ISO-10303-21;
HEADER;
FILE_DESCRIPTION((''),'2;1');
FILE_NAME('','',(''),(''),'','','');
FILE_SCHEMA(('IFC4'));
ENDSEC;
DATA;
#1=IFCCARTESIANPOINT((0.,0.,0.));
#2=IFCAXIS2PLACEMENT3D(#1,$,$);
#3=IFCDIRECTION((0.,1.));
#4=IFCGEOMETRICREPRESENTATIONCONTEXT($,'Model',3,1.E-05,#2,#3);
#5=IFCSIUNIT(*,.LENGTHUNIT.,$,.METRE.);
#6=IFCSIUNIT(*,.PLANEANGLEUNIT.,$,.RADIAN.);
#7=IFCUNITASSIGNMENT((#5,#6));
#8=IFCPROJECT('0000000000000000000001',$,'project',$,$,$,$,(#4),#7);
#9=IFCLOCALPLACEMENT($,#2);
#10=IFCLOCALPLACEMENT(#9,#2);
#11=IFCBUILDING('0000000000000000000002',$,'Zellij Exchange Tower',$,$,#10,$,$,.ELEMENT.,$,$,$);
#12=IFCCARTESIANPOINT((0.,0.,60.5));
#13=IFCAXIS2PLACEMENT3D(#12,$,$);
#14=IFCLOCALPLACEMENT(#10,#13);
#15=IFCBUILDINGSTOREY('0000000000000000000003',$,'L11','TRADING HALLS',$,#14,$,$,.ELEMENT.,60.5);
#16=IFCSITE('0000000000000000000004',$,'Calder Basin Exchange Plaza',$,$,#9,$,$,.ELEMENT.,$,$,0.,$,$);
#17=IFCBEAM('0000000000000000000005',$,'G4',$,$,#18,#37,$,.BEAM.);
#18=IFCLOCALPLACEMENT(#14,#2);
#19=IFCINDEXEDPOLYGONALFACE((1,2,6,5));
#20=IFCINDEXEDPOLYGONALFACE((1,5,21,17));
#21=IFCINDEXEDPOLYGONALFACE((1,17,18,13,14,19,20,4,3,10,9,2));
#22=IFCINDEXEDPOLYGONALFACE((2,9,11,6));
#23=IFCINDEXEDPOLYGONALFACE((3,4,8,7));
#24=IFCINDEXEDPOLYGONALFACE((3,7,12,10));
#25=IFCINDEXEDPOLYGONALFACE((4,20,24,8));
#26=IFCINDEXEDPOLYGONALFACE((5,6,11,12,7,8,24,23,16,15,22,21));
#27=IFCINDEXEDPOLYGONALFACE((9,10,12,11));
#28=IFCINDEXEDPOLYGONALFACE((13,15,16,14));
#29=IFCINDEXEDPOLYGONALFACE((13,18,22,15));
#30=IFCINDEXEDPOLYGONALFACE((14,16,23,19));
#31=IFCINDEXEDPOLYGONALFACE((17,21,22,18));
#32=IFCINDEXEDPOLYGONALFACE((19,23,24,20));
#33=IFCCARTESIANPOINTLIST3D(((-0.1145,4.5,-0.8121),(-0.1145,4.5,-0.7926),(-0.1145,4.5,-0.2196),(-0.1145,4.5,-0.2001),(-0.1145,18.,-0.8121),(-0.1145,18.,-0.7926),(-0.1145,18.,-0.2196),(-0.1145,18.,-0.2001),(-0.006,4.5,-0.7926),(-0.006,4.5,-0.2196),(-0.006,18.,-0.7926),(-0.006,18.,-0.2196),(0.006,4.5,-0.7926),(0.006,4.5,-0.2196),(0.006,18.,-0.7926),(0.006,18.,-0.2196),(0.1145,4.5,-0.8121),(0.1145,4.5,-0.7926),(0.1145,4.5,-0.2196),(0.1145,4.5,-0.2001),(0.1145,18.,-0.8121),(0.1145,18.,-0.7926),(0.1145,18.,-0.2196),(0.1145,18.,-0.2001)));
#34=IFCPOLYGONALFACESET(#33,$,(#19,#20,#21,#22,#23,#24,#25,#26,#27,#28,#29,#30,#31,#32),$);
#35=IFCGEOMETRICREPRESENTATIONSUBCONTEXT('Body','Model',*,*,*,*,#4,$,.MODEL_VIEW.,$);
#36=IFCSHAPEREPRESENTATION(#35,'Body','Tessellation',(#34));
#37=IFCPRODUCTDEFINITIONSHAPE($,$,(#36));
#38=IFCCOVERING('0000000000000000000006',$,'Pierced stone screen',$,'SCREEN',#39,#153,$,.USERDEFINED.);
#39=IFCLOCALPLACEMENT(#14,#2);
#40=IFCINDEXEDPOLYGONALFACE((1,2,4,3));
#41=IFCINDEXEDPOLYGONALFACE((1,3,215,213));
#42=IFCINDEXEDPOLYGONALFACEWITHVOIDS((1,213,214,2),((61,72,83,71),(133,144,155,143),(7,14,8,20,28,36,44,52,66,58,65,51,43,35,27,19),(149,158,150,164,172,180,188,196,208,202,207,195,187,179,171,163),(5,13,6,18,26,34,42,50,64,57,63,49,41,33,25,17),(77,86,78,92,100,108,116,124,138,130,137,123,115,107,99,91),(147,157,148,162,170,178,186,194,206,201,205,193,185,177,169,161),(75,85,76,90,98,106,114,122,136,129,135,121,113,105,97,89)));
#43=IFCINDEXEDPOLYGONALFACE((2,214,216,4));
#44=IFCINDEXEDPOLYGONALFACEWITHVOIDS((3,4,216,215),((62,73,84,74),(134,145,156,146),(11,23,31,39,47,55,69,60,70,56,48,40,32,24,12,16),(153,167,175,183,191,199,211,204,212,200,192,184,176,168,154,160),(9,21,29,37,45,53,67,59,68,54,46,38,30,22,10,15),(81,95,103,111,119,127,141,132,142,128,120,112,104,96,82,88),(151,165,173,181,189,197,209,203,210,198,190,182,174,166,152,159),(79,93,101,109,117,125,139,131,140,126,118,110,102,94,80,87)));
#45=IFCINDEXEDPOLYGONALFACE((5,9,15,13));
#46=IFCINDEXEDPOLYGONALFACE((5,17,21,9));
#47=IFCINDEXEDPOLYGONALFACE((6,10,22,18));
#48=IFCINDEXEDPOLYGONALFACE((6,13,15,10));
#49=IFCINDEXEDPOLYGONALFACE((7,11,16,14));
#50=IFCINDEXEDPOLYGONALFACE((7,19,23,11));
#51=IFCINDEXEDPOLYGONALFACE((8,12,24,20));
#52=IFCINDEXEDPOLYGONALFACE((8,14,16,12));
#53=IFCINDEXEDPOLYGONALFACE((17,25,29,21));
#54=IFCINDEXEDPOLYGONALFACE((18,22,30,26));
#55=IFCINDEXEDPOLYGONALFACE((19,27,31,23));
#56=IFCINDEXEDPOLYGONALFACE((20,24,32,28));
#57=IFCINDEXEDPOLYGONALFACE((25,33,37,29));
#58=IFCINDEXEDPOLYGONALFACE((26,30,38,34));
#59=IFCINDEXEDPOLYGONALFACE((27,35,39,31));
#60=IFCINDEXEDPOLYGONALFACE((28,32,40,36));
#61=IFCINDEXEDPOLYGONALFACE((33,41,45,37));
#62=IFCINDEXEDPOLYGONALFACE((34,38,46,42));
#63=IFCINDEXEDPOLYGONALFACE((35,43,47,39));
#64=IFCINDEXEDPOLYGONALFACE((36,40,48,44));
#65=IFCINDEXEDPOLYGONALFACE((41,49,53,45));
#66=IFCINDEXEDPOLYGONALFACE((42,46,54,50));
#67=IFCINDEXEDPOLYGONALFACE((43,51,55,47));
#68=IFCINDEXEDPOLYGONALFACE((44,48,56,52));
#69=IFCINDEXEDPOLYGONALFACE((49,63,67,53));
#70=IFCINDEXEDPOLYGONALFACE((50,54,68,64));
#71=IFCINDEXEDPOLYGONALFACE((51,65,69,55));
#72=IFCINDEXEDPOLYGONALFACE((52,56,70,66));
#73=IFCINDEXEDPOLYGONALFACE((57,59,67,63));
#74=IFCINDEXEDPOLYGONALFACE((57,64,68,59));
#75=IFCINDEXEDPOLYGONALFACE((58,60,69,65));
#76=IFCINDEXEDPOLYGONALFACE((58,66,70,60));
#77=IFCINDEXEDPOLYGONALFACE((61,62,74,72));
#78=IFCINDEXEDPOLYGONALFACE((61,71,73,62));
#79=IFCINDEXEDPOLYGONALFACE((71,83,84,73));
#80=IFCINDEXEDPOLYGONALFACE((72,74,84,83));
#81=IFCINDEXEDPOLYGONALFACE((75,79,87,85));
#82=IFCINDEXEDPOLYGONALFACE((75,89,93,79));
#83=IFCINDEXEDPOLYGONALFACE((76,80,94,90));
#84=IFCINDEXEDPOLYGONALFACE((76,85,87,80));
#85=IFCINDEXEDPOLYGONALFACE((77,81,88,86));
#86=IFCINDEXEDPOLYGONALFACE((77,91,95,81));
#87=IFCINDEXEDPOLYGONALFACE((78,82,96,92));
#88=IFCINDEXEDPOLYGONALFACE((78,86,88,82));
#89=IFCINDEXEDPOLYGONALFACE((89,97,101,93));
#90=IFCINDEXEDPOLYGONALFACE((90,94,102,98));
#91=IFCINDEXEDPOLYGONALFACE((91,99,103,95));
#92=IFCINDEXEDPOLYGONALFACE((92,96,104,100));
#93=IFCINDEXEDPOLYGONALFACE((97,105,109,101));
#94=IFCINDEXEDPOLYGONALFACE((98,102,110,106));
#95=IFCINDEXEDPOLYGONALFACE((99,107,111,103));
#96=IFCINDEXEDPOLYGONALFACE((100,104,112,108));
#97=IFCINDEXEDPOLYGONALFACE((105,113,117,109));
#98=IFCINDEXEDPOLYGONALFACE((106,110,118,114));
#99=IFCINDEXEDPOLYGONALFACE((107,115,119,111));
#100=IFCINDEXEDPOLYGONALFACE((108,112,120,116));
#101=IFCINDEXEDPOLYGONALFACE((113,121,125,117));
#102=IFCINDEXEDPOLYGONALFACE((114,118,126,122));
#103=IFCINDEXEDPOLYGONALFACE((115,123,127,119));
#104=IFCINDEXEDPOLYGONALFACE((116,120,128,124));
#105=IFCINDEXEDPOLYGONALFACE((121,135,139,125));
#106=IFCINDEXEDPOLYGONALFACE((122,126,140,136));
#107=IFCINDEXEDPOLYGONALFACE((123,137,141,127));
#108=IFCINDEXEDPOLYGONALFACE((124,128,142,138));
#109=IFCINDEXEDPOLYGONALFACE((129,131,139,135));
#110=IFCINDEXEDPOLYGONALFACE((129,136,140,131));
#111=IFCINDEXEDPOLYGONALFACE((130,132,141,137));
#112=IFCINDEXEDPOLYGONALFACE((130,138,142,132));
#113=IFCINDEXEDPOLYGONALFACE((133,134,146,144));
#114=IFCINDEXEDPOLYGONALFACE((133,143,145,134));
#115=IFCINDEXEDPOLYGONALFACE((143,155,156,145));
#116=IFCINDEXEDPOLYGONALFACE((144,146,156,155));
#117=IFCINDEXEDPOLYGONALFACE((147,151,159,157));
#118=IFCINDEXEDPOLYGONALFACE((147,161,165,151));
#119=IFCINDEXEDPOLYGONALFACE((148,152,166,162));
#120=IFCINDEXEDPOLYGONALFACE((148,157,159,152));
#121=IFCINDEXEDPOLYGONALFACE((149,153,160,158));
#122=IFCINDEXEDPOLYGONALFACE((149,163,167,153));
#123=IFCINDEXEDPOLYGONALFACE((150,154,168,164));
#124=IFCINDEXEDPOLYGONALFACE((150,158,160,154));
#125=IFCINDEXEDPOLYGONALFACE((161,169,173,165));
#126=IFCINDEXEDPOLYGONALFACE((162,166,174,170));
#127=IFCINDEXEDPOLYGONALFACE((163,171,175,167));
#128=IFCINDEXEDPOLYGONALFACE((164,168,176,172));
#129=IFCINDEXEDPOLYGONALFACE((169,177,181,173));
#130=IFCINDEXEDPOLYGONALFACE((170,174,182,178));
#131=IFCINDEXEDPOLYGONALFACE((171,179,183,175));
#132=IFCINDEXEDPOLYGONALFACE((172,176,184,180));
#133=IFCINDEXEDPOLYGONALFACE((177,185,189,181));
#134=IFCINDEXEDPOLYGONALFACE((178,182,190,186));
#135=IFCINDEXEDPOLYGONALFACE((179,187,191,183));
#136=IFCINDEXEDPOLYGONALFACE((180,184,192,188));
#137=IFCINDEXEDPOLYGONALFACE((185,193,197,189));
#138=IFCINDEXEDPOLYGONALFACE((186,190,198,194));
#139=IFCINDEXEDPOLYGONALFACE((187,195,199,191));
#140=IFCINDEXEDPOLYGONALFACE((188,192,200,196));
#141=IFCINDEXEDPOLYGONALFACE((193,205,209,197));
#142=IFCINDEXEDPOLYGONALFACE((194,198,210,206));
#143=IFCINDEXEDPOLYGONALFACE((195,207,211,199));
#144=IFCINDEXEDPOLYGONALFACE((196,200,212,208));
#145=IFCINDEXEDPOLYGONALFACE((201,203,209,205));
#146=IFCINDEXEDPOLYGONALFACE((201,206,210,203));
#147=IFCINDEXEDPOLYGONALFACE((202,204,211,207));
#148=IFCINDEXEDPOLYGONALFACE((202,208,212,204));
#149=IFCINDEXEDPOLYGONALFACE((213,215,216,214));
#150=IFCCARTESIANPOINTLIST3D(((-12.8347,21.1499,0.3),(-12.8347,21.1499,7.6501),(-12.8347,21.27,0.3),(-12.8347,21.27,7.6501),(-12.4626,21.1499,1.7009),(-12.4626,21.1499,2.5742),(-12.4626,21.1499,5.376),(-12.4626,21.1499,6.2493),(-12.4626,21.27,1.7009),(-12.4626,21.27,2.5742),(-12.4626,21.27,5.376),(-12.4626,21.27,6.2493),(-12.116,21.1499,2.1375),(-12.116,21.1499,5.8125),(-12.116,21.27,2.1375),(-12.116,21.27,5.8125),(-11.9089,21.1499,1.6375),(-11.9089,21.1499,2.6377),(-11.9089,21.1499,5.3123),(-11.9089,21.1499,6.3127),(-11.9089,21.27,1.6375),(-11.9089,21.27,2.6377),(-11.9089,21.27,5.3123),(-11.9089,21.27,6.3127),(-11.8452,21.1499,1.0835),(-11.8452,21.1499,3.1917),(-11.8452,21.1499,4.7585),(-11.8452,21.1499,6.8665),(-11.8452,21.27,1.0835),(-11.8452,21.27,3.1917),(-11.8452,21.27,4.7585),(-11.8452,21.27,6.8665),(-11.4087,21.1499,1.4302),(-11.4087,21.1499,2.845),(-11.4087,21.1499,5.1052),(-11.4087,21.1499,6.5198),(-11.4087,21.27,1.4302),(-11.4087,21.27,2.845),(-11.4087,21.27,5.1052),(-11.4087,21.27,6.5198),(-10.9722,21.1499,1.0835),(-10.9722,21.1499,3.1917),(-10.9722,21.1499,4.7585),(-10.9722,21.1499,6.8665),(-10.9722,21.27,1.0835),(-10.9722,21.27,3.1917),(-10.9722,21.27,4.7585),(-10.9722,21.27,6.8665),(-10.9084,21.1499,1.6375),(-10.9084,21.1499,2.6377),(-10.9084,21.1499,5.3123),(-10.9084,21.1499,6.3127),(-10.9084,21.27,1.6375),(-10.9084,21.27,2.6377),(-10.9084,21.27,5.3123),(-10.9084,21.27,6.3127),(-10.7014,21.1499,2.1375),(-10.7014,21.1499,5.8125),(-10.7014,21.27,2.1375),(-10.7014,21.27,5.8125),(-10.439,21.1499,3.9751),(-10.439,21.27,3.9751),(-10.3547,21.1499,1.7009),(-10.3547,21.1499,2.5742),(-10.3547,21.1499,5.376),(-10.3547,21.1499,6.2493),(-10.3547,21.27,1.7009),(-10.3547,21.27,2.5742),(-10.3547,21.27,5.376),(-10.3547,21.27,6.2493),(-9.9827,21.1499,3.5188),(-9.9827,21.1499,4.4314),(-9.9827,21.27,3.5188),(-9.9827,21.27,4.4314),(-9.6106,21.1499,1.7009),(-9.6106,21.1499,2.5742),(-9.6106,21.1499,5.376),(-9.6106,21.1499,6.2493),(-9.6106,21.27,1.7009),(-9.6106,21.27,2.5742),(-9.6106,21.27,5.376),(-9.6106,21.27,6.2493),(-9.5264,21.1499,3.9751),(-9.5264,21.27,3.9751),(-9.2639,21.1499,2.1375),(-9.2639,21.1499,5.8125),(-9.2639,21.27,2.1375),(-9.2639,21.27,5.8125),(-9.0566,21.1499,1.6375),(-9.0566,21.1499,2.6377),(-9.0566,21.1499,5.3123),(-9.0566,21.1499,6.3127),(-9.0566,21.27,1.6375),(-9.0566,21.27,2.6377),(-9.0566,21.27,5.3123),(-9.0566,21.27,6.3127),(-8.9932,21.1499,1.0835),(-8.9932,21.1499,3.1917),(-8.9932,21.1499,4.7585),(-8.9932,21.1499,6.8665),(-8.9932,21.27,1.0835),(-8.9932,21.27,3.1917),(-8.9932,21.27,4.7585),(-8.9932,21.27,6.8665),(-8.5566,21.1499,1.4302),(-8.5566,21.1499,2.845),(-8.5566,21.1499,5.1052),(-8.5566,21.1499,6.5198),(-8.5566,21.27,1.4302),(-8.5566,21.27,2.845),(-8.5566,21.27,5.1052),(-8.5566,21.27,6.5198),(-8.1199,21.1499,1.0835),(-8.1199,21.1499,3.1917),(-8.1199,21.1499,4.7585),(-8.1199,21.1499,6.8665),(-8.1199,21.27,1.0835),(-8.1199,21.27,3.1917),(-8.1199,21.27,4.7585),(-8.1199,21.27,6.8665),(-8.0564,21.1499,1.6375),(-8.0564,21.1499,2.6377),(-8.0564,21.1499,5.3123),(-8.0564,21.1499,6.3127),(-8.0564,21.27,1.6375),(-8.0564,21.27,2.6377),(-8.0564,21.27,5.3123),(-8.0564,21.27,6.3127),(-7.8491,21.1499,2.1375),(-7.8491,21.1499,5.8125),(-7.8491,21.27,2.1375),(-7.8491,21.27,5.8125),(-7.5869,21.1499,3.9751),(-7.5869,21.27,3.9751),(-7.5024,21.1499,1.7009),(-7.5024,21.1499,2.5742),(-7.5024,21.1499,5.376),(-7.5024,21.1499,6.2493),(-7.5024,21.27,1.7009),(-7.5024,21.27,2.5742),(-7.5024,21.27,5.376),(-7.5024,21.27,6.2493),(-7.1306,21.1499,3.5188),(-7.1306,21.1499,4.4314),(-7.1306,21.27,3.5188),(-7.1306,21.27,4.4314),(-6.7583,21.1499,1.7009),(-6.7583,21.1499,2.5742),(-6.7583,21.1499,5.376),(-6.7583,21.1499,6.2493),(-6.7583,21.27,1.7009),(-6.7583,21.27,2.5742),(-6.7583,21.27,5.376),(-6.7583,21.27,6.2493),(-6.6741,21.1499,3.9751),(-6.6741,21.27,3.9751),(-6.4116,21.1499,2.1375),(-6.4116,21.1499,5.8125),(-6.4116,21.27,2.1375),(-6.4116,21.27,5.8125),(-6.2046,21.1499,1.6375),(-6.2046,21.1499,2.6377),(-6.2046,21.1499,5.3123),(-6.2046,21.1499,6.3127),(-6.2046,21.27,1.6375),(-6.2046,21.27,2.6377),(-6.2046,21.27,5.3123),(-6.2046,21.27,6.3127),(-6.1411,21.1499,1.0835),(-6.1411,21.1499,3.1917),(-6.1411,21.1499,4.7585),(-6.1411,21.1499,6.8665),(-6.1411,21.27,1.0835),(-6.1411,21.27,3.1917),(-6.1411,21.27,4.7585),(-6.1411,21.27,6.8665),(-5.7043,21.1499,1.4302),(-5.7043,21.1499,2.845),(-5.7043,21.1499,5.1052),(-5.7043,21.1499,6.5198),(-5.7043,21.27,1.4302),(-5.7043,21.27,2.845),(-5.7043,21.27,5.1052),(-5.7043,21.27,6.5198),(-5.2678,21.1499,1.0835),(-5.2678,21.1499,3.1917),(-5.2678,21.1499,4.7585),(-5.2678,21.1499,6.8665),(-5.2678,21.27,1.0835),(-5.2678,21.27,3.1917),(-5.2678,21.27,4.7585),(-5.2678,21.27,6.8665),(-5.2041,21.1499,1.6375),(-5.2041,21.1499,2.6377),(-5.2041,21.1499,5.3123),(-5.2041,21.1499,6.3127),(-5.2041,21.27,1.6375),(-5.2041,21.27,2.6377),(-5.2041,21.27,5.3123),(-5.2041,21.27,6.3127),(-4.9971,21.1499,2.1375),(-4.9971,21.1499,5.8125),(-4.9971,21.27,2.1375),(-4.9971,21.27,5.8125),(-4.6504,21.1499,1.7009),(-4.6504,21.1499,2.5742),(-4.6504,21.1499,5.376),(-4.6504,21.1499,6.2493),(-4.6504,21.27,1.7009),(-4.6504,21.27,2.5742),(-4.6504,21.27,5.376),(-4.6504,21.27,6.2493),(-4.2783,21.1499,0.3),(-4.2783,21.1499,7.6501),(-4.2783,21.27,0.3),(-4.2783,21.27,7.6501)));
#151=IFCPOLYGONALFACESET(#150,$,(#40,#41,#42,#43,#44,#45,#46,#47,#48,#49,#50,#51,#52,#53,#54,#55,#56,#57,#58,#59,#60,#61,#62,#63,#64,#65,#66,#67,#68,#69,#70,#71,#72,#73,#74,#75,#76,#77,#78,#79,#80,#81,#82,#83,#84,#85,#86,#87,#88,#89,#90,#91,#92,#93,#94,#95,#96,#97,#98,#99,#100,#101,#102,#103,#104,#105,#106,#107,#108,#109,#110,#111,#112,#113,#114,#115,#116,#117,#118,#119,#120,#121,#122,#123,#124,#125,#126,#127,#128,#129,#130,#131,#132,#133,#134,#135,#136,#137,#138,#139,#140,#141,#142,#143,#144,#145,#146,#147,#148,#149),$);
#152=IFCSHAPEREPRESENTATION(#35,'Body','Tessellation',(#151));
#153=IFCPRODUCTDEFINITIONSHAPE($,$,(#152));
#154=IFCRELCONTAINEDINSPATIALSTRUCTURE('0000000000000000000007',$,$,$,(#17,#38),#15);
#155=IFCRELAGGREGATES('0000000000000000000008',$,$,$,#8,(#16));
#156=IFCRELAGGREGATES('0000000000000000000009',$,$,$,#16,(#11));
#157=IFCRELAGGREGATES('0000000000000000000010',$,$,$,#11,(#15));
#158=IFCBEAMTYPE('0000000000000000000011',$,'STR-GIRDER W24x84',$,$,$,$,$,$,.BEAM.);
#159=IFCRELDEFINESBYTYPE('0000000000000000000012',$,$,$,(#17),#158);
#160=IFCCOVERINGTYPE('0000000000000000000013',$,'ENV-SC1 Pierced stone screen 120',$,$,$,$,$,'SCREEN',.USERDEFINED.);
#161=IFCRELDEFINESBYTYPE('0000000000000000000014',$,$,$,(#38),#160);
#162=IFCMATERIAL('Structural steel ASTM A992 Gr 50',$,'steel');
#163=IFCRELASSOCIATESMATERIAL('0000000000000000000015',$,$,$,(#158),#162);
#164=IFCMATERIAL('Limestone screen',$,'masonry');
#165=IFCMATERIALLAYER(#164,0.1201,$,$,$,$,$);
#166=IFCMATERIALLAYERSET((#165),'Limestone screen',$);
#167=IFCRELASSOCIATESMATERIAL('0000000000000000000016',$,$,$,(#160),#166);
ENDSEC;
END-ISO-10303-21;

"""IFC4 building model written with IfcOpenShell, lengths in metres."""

from ifc_helpers import new_model, si_unit, direction, frame, origin, origin_2d, place, context, subcontext, project, spatial, polyline, i_section, outline, extrude, material, layer, layer_set, material_profile, profile_set, type_object, element, save


model = new_model("IFC4")

# Units and contexts
model_context = context("Model", 3, precision=1e-05, world=origin(), true_north=direction((0.0, 1.0)))
body_context = subcontext(model_context, "Body", "Model", "MODEL_VIEW")
ifc_project = project(units=[si_unit("LENGTHUNIT", "METRE"), si_unit("PLANEANGLEUNIT", "RADIAN")], contexts=[model_context])

# Site, building, storey
site_placement = place(None, origin())
site = spatial("IfcSite", under=ifc_project, at=site_placement, Name="Calder Basin Exchange Plaza", CompositionType="ELEMENT", RefElevation=0.0)
building_placement = place(site_placement, origin())
building = spatial("IfcBuilding", under=site, at=building_placement, Name="Zellij Exchange Tower", CompositionType="ELEMENT")
storey_placement = place(building_placement, frame((0.0, 0.0, 60.5)))
storey = spatial("IfcBuildingStorey", under=building, at=storey_placement, Name="L11", Description="TRADING HALLS", CompositionType="ELEMENT", Elevation=60.5)

# Beam
ifc_material_1 = material(Name="Structural steel ASTM A992 Gr 50", Category="steel")
ifc_material_profile_1 = material_profile(ifc_material_1, i_section(OverallWidth=0.229, OverallDepth=0.6121, WebThickness=0.012, FlangeThickness=0.0195, at=origin_2d()), Name="W24x84")
ifc_profile_set_1 = profile_set([ifc_material_profile_1], Name="Structural steel ASTM A992 Gr 50")
beam_type = type_object("IfcBeamType", Name="STR-GIRDER W24x84", PredefinedType="BEAM", material=ifc_profile_set_1)
for number, where, z_axis, x_axis, name in (
    (1, (0.0, 4.5, -0.5061), (0.0, 1.0, 0.0), (-1.0, 0.0, 0.0), "G4"),
):
    element("IfcBeam", number, at=place(storey_placement, frame(where, z_axis=z_axis, x_axis=x_axis)), inside=storey, type_object=beam_type, Name=name, PredefinedType="BEAM", context=body_context, shape_type="SweptSolid", body=[
        extrude(i_section(OverallWidth=0.229, OverallDepth=0.6121, WebThickness=0.012, FlangeThickness=0.0195, at=origin_2d()), origin(), (0.0, 0.0, 1.0), 13.5),
    ])

# Covering
ifc_material_2 = material(Name="Limestone screen", Category="masonry")
ifc_layer = layer(ifc_material_2, 0.1201)
ifc_layer_set = layer_set([ifc_layer], Name="Limestone screen")
covering_type = type_object("IfcCoveringType", Name="ENV-SC1 Pierced stone screen 120", ElementType="SCREEN", PredefinedType="USERDEFINED", material=ifc_layer_set)
covering_1_placement = place(storey_placement, frame((-4.2783, 21.21, 0.3), z_axis=(0.0, 0.0, 1.0), x_axis=(-1.0, 0.0, 0.0)))
element("IfcCovering", 2, at=covering_1_placement, inside=storey, type_object=covering_type, Name="Pierced stone screen", ObjectType="SCREEN", PredefinedType="USERDEFINED", context=body_context, shape_type="SweptSolid", body=[
    extrude(outline(polyline([(0.0, 0.0), (8.5564, 0.0), (8.5564, 7.3501), (0.0, 7.3501), (0.0, 0.0)]), holes=[polyline([(2.48, 2.2742), (1.9263, 2.3376), (1.8628, 2.8916), (1.426, 2.5449), (0.9895, 2.8916), (0.9258, 2.3376), (0.3721, 2.2742), (0.7188, 1.8374), (0.3721, 1.4009), (0.9258, 1.3374), (0.9895, 0.7834), (1.426, 1.1301), (1.8628, 0.7834), (1.9263, 1.3374), (2.48, 1.4009), (2.1333, 1.8374), (2.48, 2.2742)]), polyline([(2.48, 5.9492), (1.9263, 6.0127), (1.8628, 6.5664), (1.426, 6.2197), (0.9895, 6.5664), (0.9258, 6.0127), (0.3721, 5.9492), (0.7188, 5.5125), (0.3721, 5.0759), (0.9258, 5.0122), (0.9895, 4.4585), (1.426, 4.8052), (1.8628, 4.4585), (1.9263, 5.0122), (2.48, 5.0759), (2.1333, 5.5125), (2.48, 5.9492)]), polyline([(5.3323, 2.2742), (4.7783, 2.3376), (4.7148, 2.8916), (4.2783, 2.5449), (3.8416, 2.8916), (3.7781, 2.3376), (3.2241, 2.2742), (3.5708, 1.8374), (3.2241, 1.4009), (3.7781, 1.3374), (3.8416, 0.7834), (4.2783, 1.1301), (4.7148, 0.7834), (4.7783, 1.3374), (5.3323, 1.4009), (4.9856, 1.8374), (5.3323, 2.2742)]), polyline([(5.3323, 5.9492), (4.7783, 6.0127), (4.7148, 6.5664), (4.2783, 6.2197), (3.8416, 6.5664), (3.7781, 6.0127), (3.2241, 5.9492), (3.5708, 5.5125), (3.2241, 5.0759), (3.7781, 5.0122), (3.8416, 4.4585), (4.2783, 4.8052), (4.7148, 4.4585), (4.7783, 5.0122), (5.3323, 5.0759), (4.9856, 5.5125), (5.3323, 5.9492)]), polyline([(8.1843, 2.2742), (7.6306, 2.3376), (7.5669, 2.8916), (7.1304, 2.5449), (6.6938, 2.8916), (6.6301, 2.3376), (6.0764, 2.2742), (6.4231, 1.8374), (6.0764, 1.4009), (6.6301, 1.3374), (6.6938, 0.7834), (7.1304, 1.1301), (7.5669, 0.7834), (7.6306, 1.3374), (8.1843, 1.4009), (7.8376, 1.8374), (8.1843, 2.2742)]), polyline([(8.1843, 5.9492), (7.6306, 6.0127), (7.5669, 6.5664), (7.1304, 6.2197), (6.6938, 6.5664), (6.6301, 6.0127), (6.0764, 5.9492), (6.4231, 5.5125), (6.0764, 5.0759), (6.6301, 5.0122), (6.6938, 4.4585), (7.1304, 4.8052), (7.5669, 4.4585), (7.6306, 5.0122), (8.1843, 5.0759), (7.8376, 5.5125), (8.1843, 5.9492)]), polyline([(3.3086, 3.675), (2.8523, 4.1313), (2.3958, 3.675), (2.8523, 3.2188), (3.3086, 3.675)]), polyline([(6.1606, 3.675), (5.7043, 4.1313), (5.248, 3.675), (5.7043, 3.2188), (6.1606, 3.675)])]), frame((0.0, 0.0601, 0.0), z_axis=(0.0, -1.0, 0.0), x_axis=(1.0, 0.0, 0.0)), (0.0, 0.0, 1.0), 0.1201),
])

save(model, "model.ifc")
